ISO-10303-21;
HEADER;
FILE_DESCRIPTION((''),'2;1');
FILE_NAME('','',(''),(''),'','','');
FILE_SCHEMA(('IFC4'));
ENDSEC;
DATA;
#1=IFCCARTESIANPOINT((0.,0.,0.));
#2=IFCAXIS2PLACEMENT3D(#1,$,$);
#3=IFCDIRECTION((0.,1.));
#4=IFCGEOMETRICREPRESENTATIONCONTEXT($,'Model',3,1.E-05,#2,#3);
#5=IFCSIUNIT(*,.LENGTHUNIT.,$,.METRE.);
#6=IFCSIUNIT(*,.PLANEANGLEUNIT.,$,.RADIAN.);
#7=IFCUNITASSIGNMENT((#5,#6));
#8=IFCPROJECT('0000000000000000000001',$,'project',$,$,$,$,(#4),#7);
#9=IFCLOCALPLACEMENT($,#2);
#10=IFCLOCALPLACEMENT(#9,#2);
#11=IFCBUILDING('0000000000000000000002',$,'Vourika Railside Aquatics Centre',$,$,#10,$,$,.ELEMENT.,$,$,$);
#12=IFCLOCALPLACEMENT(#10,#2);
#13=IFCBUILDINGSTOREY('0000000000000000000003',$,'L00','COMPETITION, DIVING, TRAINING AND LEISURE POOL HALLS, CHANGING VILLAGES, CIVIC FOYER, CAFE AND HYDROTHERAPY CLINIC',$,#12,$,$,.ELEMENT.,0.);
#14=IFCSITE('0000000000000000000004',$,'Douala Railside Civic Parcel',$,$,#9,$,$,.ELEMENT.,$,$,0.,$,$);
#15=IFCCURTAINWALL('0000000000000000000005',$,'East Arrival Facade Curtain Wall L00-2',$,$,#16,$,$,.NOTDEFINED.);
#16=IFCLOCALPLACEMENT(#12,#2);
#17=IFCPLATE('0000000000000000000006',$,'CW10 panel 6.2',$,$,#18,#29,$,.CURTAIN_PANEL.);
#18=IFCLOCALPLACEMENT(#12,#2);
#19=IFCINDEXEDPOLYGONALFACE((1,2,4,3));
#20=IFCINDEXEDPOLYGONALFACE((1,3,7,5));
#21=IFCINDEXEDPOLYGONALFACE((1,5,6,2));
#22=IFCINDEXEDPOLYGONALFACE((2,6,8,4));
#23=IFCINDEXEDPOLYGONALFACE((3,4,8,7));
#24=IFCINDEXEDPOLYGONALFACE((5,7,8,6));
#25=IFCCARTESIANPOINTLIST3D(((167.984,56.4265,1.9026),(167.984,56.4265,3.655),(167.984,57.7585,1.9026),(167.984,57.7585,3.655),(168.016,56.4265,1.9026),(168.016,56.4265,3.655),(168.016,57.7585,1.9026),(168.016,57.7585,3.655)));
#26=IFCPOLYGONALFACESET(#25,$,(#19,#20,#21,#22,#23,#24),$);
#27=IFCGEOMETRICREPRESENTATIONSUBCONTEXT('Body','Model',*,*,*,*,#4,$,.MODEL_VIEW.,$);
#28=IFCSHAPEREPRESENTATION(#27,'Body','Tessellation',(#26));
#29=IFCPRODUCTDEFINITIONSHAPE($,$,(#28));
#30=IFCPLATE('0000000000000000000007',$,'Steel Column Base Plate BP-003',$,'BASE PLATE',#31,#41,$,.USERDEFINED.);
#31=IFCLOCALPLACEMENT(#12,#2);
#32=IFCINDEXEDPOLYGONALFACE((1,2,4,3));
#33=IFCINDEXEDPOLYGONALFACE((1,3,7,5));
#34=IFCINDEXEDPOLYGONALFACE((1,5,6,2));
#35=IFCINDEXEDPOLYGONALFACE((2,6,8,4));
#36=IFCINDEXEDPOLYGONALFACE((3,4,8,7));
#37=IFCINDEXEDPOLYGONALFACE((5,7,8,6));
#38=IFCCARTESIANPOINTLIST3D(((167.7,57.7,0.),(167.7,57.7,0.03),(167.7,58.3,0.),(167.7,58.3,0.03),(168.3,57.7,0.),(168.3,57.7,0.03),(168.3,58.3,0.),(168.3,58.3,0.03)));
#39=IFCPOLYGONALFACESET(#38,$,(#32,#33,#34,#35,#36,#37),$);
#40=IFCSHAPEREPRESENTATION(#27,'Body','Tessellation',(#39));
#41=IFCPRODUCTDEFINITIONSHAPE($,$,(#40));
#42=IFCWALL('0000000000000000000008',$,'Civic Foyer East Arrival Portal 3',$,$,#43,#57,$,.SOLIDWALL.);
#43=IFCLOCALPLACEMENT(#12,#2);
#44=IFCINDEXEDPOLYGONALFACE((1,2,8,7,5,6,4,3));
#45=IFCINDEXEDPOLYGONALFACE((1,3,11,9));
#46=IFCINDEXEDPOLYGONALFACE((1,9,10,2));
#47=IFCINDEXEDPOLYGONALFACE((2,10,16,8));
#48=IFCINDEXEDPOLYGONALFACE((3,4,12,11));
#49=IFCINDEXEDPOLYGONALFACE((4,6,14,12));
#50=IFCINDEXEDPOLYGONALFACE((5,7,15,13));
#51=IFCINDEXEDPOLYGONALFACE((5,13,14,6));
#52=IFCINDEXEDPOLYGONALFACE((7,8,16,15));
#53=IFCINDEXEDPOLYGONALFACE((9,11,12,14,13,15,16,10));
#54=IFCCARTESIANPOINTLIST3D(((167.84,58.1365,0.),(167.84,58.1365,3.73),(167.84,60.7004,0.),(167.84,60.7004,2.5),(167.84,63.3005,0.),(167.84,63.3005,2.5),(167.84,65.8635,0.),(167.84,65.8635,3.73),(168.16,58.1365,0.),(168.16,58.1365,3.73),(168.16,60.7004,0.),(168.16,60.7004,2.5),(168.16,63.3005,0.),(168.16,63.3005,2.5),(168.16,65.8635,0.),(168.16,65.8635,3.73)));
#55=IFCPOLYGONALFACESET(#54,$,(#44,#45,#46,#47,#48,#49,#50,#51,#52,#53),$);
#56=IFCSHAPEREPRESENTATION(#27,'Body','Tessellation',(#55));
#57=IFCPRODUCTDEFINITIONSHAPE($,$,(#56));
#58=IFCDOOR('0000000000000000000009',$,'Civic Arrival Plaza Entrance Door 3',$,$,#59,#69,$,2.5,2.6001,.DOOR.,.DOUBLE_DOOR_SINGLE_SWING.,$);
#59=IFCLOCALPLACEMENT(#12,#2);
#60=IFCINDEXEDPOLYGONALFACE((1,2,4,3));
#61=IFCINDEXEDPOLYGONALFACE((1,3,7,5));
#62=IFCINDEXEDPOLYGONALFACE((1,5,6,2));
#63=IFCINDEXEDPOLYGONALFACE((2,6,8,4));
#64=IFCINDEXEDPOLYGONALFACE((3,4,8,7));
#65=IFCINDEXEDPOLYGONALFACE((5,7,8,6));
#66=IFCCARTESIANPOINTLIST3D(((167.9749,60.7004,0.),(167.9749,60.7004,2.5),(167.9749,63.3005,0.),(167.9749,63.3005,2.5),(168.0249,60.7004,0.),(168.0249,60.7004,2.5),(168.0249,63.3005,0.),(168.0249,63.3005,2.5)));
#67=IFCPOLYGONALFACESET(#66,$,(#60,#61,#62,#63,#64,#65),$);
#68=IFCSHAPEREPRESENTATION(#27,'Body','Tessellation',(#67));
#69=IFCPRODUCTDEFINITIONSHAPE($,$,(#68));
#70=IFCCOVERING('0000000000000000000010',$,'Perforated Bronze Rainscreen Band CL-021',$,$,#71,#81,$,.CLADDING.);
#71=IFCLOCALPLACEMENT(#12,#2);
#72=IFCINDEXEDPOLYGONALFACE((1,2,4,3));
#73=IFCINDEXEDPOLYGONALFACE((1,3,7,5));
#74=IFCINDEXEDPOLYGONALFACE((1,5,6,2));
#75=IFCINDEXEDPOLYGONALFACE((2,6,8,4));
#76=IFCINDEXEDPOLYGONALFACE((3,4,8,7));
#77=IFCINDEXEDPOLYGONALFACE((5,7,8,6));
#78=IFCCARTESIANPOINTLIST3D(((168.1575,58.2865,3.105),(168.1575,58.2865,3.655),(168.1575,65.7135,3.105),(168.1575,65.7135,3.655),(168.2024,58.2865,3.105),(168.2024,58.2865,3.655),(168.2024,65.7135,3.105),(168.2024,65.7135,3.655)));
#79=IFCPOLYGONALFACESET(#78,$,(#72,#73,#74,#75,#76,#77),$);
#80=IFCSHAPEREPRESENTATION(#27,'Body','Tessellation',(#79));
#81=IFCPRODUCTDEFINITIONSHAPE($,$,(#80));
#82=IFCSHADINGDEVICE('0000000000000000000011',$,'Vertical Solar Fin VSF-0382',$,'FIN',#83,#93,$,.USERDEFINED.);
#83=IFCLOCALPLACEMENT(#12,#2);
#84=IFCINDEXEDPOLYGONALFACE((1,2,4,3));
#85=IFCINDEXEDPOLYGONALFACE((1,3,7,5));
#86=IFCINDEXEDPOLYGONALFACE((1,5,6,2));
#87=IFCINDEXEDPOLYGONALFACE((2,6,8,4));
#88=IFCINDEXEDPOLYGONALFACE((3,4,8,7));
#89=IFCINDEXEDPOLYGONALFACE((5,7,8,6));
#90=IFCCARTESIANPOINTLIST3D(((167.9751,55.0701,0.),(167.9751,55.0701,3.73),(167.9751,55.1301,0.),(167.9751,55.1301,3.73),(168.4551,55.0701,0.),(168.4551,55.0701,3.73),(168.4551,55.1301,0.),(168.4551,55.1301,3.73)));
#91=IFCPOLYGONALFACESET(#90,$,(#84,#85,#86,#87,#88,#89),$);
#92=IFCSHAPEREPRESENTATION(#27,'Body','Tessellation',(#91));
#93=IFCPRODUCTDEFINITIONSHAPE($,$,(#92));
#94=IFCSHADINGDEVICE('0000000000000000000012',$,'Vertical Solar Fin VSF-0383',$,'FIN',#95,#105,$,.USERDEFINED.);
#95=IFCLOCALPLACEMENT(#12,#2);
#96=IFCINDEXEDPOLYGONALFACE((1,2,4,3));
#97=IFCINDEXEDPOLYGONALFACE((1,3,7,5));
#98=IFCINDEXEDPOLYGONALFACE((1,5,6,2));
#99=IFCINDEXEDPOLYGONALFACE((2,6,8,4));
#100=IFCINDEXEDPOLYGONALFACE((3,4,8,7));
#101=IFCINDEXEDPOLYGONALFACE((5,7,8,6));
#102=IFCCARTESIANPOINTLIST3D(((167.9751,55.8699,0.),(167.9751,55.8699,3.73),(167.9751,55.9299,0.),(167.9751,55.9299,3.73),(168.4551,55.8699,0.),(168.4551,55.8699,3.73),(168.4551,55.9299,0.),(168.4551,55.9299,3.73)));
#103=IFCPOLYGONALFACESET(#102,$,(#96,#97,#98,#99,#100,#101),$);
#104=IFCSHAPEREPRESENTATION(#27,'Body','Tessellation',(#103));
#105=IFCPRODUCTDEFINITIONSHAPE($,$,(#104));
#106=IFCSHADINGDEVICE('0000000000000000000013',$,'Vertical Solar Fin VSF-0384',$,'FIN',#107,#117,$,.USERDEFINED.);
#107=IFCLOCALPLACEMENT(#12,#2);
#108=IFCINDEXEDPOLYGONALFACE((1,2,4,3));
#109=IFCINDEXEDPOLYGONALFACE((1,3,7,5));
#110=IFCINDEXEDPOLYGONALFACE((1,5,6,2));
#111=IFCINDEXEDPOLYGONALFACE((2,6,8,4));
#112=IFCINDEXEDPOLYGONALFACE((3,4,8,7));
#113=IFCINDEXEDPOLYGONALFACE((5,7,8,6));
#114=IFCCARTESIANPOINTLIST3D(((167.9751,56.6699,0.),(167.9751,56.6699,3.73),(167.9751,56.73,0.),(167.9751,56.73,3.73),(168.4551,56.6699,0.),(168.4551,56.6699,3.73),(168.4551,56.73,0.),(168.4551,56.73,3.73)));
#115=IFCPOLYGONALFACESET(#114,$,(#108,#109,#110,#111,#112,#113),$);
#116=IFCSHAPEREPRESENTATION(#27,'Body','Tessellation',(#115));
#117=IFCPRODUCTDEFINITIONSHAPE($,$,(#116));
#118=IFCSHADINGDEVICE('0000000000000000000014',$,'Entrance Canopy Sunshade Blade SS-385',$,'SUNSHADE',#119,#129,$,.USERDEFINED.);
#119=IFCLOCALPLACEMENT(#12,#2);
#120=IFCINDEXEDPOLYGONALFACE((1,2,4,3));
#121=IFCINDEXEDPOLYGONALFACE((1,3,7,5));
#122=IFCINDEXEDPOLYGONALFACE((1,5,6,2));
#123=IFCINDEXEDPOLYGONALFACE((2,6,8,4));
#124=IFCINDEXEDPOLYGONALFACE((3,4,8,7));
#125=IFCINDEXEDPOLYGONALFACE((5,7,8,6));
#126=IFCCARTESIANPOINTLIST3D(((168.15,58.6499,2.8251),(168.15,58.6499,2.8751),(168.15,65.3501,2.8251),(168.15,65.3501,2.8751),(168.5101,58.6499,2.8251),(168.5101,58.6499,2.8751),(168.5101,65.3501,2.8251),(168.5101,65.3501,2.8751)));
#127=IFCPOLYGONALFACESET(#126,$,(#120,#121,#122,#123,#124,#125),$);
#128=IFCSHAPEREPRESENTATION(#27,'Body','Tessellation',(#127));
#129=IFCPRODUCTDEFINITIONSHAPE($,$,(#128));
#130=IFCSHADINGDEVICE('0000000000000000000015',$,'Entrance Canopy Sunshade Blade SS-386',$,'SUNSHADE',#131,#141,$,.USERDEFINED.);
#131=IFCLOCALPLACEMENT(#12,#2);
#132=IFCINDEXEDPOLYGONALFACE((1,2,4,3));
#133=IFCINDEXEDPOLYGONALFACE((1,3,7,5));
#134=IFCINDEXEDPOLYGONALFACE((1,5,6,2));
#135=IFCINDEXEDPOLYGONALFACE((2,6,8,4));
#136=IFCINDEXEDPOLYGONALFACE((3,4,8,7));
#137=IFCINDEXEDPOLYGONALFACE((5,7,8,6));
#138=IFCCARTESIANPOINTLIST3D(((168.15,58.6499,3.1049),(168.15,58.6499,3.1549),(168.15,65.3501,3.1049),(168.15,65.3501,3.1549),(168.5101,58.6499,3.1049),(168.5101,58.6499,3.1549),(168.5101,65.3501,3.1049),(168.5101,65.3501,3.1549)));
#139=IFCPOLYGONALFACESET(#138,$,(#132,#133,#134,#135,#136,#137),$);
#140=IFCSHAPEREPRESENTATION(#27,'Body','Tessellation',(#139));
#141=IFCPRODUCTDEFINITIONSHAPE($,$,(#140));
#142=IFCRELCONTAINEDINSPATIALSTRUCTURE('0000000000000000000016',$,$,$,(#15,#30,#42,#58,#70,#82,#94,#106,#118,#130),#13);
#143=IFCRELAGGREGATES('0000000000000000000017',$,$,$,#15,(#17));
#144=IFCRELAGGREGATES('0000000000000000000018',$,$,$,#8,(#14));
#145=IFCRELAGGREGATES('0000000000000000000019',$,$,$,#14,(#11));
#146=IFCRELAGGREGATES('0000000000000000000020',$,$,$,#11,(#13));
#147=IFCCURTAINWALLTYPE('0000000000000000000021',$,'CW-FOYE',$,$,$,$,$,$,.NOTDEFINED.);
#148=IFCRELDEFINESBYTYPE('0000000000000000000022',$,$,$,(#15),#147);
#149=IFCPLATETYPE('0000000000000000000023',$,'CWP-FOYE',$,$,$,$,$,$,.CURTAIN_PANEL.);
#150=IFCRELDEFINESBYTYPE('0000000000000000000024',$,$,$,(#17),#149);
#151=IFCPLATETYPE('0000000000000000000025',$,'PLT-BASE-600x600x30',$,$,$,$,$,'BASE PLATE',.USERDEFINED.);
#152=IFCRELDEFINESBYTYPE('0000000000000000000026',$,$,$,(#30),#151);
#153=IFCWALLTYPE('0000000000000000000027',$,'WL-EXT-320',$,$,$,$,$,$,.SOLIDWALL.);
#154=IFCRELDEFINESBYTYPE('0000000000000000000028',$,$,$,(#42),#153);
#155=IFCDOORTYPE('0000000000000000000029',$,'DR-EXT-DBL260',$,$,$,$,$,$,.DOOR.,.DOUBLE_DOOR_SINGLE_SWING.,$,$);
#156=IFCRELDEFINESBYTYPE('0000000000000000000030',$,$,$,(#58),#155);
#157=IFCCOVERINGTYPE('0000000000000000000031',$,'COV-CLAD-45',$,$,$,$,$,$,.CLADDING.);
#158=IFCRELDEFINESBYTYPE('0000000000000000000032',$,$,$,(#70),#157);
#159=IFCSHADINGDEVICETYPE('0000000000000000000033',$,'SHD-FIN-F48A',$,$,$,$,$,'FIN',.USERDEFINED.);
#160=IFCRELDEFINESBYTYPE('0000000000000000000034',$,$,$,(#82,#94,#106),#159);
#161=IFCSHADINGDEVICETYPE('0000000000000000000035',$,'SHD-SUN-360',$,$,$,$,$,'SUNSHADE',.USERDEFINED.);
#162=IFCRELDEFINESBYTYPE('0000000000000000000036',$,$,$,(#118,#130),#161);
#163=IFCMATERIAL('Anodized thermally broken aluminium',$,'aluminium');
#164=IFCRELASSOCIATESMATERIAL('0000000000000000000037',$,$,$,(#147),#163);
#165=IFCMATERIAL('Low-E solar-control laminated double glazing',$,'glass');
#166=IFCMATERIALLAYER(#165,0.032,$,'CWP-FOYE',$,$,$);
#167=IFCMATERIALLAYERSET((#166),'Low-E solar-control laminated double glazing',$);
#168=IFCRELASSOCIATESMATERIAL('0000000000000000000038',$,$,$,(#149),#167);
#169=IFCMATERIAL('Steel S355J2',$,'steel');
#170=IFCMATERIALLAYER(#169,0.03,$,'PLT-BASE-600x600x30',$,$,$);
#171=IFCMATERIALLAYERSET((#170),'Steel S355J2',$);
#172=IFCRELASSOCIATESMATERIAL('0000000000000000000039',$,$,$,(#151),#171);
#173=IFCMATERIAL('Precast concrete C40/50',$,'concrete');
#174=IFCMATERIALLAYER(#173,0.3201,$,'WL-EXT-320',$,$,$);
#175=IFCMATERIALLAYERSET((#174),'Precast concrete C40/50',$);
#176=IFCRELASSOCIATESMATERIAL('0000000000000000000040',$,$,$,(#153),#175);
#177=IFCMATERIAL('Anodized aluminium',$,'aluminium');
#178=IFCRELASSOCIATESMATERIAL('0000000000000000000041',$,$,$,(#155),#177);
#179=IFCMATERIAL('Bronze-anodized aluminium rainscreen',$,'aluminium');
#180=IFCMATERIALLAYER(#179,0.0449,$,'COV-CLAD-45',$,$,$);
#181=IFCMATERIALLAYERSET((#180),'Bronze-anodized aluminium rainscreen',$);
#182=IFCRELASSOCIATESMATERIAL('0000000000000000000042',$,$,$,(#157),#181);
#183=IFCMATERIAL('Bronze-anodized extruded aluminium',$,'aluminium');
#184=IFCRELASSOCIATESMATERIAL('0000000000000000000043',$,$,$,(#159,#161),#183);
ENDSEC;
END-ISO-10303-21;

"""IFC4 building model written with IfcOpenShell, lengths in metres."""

from ifc_helpers import new_model, si_unit, direction, frame, frame_2d, origin, origin_2d, place, context, subcontext, project, spatial, rectangle, extrude, material, layer, layer_set, material_profile, profile_set, type_object, element, fill, aggregate, save


model = new_model("IFC4")

# Units and contexts
model_context = context("Model", 3, precision=1e-05, world=origin(), true_north=direction((0.0, 1.0)))
body_context = subcontext(model_context, "Body", "Model", "MODEL_VIEW")
ifc_project = project(units=[si_unit("LENGTHUNIT", "METRE"), si_unit("PLANEANGLEUNIT", "RADIAN")], contexts=[model_context])

# Site, building, storey
site_placement = place(None, origin())
site = spatial("IfcSite", under=ifc_project, at=site_placement, Name="Douala Railside Civic Parcel", CompositionType="ELEMENT", RefElevation=0.0)
building_placement = place(site_placement, origin())
building = spatial("IfcBuilding", under=site, at=building_placement, Name="Vourika Railside Aquatics Centre", CompositionType="ELEMENT")
storey_placement = place(building_placement, origin())
storey = spatial("IfcBuildingStorey", under=building, at=storey_placement, Name="L00", Description="COMPETITION, DIVING, TRAINING AND LEISURE POOL HALLS, CHANGING VILLAGES, CIVIC FOYER, CAFE AND HYDROTHERAPY CLINIC", CompositionType="ELEMENT", Elevation=0.0)

# Shared definitions
ifc_material_1 = material(Name="Steel S355J2", Category="steel")

# Curtain wall, plate
ifc_material_2 = material(Name="Anodized thermally broken aluminium", Category="aluminium")
curtain_wall_type = type_object("IfcCurtainWallType", Name="CW-FOYE", PredefinedType="NOTDEFINED", material=ifc_material_2)
curtain_wall_placement = place(storey_placement, origin())
curtain_wall = element("IfcCurtainWall", 1, at=curtain_wall_placement, inside=storey, type_object=curtain_wall_type, Name="East Arrival Facade Curtain Wall L00-2", PredefinedType="NOTDEFINED")
ifc_material_3 = material(Name="Low-E solar-control laminated double glazing", Category="glass")
ifc_layer_1 = layer(ifc_material_3, 0.032, Name="CWP-FOYE")
ifc_layer_set_1 = layer_set([ifc_layer_1], Name="Low-E solar-control laminated double glazing")
plate_type_1 = type_object("IfcPlateType", Name="CWP-FOYE", PredefinedType="CURTAIN_PANEL", material=ifc_layer_set_1)
plate_1_placement = place(storey_placement, frame((168.0, 57.0925, 1.9026), z_axis=(0.0, 0.0, 1.0), x_axis=(0.0, 1.0, 0.0)))
plate_1 = element("IfcPlate", 2, at=plate_1_placement, type_object=plate_type_1, Name="CW10 panel 6.2", PredefinedType="CURTAIN_PANEL", context=body_context, shape_type="SweptSolid", body=[
    extrude(rectangle(XDim=1.332, YDim=0.032, at=origin_2d()), origin(), (0.0, 0.0, 1.0), 1.7524),
])
aggregate(curtain_wall, [plate_1])

# Plate
ifc_layer_2 = layer(ifc_material_1, 0.03, Name="PLT-BASE-600x600x30")
ifc_layer_set_2 = layer_set([ifc_layer_2], Name="Steel S355J2")
plate_type_2 = type_object("IfcPlateType", Name="PLT-BASE-600x600x30", ElementType="BASE PLATE", PredefinedType="USERDEFINED", material=ifc_layer_set_2)
plate_2_placement = place(storey_placement, frame((168.0, 58.0, 0.0), z_axis=(0.0, 0.0, 1.0), x_axis=(1.0, 0.0, 0.0)))
element("IfcPlate", 3, at=plate_2_placement, inside=storey, type_object=plate_type_2, Name="Steel Column Base Plate BP-003", ObjectType="BASE PLATE", PredefinedType="USERDEFINED", context=body_context, shape_type="SweptSolid", body=[
    extrude(rectangle(XDim=0.6001, YDim=0.6001, at=origin_2d()), origin(), (0.0, 0.0, 1.0), 0.03),
])

# Wall, opening, door
ifc_material_4 = material(Name="Precast concrete C40/50", Category="concrete")
ifc_layer_3 = layer(ifc_material_4, 0.3201, Name="WL-EXT-320")
ifc_layer_set_3 = layer_set([ifc_layer_3], Name="Precast concrete C40/50")
wall_type = type_object("IfcWallType", Name="WL-EXT-320", PredefinedType="SOLIDWALL", material=ifc_layer_set_3)
wall_placement = place(storey_placement, frame((168.0, 58.1365, 0.0), z_axis=(0.0, 0.0, 1.0), x_axis=(0.0, 1.0, 0.0)))
wall = element("IfcWall", 4, at=wall_placement, inside=storey, type_object=wall_type, Name="Civic Foyer East Arrival Portal 3", PredefinedType="SOLIDWALL", context=body_context, shape_type="SweptSolid", body=[
    extrude(rectangle(XDim=7.7271, YDim=0.3201, at=frame_2d((3.8635, 0.0))), origin(), (0.0, 0.0, 1.0), 3.73),
])
opening_placement = place(wall_placement, frame((2.564, 0.0, 0.0)))
opening = element("IfcOpeningElement", 5, at=opening_placement, cuts=wall, PredefinedType="OPENING", context=body_context, shape_type="SweptSolid", body=[
    extrude(rectangle(XDim=2.6001, YDim=2.5, at=frame_2d((1.3, 1.25))), frame((0.0, 0.1699, 0.0), z_axis=(0.0, -1.0, 0.0), x_axis=(1.0, 0.0, 0.0)), (0.0, 0.0, 1.0), 0.3401),
])
ifc_material_5 = material(Name="Anodized aluminium", Category="aluminium")
door_type = type_object("IfcDoorType", Name="DR-EXT-DBL260", OperationType="DOUBLE_DOOR_SINGLE_SWING", PredefinedType="DOOR", material=ifc_material_5)
door_placement = place(opening_placement, frame((2.6001, 0.0, 0.0), z_axis=(0.0, 0.0, 1.0), x_axis=(-1.0, 0.0, 0.0)))
door = element("IfcDoor", 6, at=door_placement, inside=storey, type_object=door_type, Name="Civic Arrival Plaza Entrance Door 3", OperationType="DOUBLE_DOOR_SINGLE_SWING", OverallHeight=2.5, OverallWidth=2.6001, PredefinedType="DOOR", context=body_context, shape_type="SweptSolid", body=[
    extrude(rectangle(XDim=2.6001, YDim=2.5, at=frame_2d((1.3, 1.25))), frame((0.0, 0.0249, 0.0), z_axis=(0.0, -1.0, 0.0), x_axis=(1.0, 0.0, 0.0)), (0.0, 0.0, 1.0), 0.05),
])
fill(opening, door)

# Covering
ifc_material_6 = material(Name="Bronze-anodized aluminium rainscreen", Category="aluminium")
ifc_layer_4 = layer(ifc_material_6, 0.0449, Name="COV-CLAD-45")
ifc_layer_set_4 = layer_set([ifc_layer_4], Name="Bronze-anodized aluminium rainscreen")
covering_type = type_object("IfcCoveringType", Name="COV-CLAD-45", PredefinedType="CLADDING", material=ifc_layer_set_4)
covering_placement = place(storey_placement, frame((168.1799, 62.0, 3.105), z_axis=(0.0, 0.0, 1.0), x_axis=(0.0, 1.0, 0.0)))
element("IfcCovering", 7, at=covering_placement, inside=storey, type_object=covering_type, Name="Perforated Bronze Rainscreen Band CL-021", PredefinedType="CLADDING", context=body_context, shape_type="SweptSolid", body=[
    extrude(rectangle(XDim=7.427, YDim=0.0449, at=origin_2d()), origin(), (0.0, 0.0, 1.0), 0.55),
])

# Shading devices
ifc_material_7 = material(Name="Bronze-anodized extruded aluminium", Category="aluminium")
ifc_material_profile_1 = material_profile(ifc_material_7, rectangle(XDim=0.0601, YDim=0.48, at=origin_2d()), Name="ALU-FIN 60x480")
ifc_profile_set_1 = profile_set([ifc_material_profile_1], Name="Bronze-anodized extruded aluminium")
shading_device_type_1 = type_object("IfcShadingDeviceType", Name="SHD-FIN-F48A", ElementType="FIN", PredefinedType="USERDEFINED", material=ifc_profile_set_1)
for number, where, z_axis, x_axis, name in (
    (8, (168.2151, 55.1001, 0.0), (0.0, 0.0, 1.0), (0.0, -1.0, 0.0), "Vertical Solar Fin VSF-0382"),
    (9, (168.2151, 55.8999, 0.0), (0.0, 0.0, 1.0), (0.0, -1.0, 0.0), "Vertical Solar Fin VSF-0383"),
    (10, (168.2151, 56.7, 0.0), (0.0, 0.0, 1.0), (0.0, -1.0, 0.0), "Vertical Solar Fin VSF-0384"),
):
    element("IfcShadingDevice", number, at=place(storey_placement, frame(where, z_axis=z_axis, x_axis=x_axis)), inside=storey, type_object=shading_device_type_1, Name=name, ObjectType="FIN", PredefinedType="USERDEFINED", context=body_context, shape_type="SweptSolid", body=[
        extrude(rectangle(XDim=0.0601, YDim=0.48, at=origin_2d()), origin(), (0.0, 0.0, 1.0), 3.73),
    ])
ifc_material_profile_2 = material_profile(ifc_material_7, rectangle(XDim=0.05, YDim=0.3601, at=origin_2d()), Name="ALU-LOUVRE 50x360")
ifc_profile_set_2 = profile_set([ifc_material_profile_2], Name="Bronze-anodized extruded aluminium")
shading_device_type_2 = type_object("IfcShadingDeviceType", Name="SHD-SUN-360", ElementType="SUNSHADE", PredefinedType="USERDEFINED", material=ifc_profile_set_2)
for number, where, z_axis, x_axis, name in (
    (11, (168.3301, 58.6499, 2.8501), (0.0, 1.0, 0.0), (0.0, 0.0, -1.0), "Entrance Canopy Sunshade Blade SS-385"),
    (12, (168.3301, 58.6499, 3.1299), (0.0, 1.0, 0.0), (0.0, 0.0, -1.0), "Entrance Canopy Sunshade Blade SS-386"),
):
    element("IfcShadingDevice", number, at=place(storey_placement, frame(where, z_axis=z_axis, x_axis=x_axis)), inside=storey, type_object=shading_device_type_2, Name=name, ObjectType="SUNSHADE", PredefinedType="USERDEFINED", context=body_context, shape_type="SweptSolid", body=[
        extrude(rectangle(XDim=0.05, YDim=0.3601, at=origin_2d()), origin(), (0.0, 0.0, 1.0), 6.7002),
    ])

save(model, "model.ifc")
